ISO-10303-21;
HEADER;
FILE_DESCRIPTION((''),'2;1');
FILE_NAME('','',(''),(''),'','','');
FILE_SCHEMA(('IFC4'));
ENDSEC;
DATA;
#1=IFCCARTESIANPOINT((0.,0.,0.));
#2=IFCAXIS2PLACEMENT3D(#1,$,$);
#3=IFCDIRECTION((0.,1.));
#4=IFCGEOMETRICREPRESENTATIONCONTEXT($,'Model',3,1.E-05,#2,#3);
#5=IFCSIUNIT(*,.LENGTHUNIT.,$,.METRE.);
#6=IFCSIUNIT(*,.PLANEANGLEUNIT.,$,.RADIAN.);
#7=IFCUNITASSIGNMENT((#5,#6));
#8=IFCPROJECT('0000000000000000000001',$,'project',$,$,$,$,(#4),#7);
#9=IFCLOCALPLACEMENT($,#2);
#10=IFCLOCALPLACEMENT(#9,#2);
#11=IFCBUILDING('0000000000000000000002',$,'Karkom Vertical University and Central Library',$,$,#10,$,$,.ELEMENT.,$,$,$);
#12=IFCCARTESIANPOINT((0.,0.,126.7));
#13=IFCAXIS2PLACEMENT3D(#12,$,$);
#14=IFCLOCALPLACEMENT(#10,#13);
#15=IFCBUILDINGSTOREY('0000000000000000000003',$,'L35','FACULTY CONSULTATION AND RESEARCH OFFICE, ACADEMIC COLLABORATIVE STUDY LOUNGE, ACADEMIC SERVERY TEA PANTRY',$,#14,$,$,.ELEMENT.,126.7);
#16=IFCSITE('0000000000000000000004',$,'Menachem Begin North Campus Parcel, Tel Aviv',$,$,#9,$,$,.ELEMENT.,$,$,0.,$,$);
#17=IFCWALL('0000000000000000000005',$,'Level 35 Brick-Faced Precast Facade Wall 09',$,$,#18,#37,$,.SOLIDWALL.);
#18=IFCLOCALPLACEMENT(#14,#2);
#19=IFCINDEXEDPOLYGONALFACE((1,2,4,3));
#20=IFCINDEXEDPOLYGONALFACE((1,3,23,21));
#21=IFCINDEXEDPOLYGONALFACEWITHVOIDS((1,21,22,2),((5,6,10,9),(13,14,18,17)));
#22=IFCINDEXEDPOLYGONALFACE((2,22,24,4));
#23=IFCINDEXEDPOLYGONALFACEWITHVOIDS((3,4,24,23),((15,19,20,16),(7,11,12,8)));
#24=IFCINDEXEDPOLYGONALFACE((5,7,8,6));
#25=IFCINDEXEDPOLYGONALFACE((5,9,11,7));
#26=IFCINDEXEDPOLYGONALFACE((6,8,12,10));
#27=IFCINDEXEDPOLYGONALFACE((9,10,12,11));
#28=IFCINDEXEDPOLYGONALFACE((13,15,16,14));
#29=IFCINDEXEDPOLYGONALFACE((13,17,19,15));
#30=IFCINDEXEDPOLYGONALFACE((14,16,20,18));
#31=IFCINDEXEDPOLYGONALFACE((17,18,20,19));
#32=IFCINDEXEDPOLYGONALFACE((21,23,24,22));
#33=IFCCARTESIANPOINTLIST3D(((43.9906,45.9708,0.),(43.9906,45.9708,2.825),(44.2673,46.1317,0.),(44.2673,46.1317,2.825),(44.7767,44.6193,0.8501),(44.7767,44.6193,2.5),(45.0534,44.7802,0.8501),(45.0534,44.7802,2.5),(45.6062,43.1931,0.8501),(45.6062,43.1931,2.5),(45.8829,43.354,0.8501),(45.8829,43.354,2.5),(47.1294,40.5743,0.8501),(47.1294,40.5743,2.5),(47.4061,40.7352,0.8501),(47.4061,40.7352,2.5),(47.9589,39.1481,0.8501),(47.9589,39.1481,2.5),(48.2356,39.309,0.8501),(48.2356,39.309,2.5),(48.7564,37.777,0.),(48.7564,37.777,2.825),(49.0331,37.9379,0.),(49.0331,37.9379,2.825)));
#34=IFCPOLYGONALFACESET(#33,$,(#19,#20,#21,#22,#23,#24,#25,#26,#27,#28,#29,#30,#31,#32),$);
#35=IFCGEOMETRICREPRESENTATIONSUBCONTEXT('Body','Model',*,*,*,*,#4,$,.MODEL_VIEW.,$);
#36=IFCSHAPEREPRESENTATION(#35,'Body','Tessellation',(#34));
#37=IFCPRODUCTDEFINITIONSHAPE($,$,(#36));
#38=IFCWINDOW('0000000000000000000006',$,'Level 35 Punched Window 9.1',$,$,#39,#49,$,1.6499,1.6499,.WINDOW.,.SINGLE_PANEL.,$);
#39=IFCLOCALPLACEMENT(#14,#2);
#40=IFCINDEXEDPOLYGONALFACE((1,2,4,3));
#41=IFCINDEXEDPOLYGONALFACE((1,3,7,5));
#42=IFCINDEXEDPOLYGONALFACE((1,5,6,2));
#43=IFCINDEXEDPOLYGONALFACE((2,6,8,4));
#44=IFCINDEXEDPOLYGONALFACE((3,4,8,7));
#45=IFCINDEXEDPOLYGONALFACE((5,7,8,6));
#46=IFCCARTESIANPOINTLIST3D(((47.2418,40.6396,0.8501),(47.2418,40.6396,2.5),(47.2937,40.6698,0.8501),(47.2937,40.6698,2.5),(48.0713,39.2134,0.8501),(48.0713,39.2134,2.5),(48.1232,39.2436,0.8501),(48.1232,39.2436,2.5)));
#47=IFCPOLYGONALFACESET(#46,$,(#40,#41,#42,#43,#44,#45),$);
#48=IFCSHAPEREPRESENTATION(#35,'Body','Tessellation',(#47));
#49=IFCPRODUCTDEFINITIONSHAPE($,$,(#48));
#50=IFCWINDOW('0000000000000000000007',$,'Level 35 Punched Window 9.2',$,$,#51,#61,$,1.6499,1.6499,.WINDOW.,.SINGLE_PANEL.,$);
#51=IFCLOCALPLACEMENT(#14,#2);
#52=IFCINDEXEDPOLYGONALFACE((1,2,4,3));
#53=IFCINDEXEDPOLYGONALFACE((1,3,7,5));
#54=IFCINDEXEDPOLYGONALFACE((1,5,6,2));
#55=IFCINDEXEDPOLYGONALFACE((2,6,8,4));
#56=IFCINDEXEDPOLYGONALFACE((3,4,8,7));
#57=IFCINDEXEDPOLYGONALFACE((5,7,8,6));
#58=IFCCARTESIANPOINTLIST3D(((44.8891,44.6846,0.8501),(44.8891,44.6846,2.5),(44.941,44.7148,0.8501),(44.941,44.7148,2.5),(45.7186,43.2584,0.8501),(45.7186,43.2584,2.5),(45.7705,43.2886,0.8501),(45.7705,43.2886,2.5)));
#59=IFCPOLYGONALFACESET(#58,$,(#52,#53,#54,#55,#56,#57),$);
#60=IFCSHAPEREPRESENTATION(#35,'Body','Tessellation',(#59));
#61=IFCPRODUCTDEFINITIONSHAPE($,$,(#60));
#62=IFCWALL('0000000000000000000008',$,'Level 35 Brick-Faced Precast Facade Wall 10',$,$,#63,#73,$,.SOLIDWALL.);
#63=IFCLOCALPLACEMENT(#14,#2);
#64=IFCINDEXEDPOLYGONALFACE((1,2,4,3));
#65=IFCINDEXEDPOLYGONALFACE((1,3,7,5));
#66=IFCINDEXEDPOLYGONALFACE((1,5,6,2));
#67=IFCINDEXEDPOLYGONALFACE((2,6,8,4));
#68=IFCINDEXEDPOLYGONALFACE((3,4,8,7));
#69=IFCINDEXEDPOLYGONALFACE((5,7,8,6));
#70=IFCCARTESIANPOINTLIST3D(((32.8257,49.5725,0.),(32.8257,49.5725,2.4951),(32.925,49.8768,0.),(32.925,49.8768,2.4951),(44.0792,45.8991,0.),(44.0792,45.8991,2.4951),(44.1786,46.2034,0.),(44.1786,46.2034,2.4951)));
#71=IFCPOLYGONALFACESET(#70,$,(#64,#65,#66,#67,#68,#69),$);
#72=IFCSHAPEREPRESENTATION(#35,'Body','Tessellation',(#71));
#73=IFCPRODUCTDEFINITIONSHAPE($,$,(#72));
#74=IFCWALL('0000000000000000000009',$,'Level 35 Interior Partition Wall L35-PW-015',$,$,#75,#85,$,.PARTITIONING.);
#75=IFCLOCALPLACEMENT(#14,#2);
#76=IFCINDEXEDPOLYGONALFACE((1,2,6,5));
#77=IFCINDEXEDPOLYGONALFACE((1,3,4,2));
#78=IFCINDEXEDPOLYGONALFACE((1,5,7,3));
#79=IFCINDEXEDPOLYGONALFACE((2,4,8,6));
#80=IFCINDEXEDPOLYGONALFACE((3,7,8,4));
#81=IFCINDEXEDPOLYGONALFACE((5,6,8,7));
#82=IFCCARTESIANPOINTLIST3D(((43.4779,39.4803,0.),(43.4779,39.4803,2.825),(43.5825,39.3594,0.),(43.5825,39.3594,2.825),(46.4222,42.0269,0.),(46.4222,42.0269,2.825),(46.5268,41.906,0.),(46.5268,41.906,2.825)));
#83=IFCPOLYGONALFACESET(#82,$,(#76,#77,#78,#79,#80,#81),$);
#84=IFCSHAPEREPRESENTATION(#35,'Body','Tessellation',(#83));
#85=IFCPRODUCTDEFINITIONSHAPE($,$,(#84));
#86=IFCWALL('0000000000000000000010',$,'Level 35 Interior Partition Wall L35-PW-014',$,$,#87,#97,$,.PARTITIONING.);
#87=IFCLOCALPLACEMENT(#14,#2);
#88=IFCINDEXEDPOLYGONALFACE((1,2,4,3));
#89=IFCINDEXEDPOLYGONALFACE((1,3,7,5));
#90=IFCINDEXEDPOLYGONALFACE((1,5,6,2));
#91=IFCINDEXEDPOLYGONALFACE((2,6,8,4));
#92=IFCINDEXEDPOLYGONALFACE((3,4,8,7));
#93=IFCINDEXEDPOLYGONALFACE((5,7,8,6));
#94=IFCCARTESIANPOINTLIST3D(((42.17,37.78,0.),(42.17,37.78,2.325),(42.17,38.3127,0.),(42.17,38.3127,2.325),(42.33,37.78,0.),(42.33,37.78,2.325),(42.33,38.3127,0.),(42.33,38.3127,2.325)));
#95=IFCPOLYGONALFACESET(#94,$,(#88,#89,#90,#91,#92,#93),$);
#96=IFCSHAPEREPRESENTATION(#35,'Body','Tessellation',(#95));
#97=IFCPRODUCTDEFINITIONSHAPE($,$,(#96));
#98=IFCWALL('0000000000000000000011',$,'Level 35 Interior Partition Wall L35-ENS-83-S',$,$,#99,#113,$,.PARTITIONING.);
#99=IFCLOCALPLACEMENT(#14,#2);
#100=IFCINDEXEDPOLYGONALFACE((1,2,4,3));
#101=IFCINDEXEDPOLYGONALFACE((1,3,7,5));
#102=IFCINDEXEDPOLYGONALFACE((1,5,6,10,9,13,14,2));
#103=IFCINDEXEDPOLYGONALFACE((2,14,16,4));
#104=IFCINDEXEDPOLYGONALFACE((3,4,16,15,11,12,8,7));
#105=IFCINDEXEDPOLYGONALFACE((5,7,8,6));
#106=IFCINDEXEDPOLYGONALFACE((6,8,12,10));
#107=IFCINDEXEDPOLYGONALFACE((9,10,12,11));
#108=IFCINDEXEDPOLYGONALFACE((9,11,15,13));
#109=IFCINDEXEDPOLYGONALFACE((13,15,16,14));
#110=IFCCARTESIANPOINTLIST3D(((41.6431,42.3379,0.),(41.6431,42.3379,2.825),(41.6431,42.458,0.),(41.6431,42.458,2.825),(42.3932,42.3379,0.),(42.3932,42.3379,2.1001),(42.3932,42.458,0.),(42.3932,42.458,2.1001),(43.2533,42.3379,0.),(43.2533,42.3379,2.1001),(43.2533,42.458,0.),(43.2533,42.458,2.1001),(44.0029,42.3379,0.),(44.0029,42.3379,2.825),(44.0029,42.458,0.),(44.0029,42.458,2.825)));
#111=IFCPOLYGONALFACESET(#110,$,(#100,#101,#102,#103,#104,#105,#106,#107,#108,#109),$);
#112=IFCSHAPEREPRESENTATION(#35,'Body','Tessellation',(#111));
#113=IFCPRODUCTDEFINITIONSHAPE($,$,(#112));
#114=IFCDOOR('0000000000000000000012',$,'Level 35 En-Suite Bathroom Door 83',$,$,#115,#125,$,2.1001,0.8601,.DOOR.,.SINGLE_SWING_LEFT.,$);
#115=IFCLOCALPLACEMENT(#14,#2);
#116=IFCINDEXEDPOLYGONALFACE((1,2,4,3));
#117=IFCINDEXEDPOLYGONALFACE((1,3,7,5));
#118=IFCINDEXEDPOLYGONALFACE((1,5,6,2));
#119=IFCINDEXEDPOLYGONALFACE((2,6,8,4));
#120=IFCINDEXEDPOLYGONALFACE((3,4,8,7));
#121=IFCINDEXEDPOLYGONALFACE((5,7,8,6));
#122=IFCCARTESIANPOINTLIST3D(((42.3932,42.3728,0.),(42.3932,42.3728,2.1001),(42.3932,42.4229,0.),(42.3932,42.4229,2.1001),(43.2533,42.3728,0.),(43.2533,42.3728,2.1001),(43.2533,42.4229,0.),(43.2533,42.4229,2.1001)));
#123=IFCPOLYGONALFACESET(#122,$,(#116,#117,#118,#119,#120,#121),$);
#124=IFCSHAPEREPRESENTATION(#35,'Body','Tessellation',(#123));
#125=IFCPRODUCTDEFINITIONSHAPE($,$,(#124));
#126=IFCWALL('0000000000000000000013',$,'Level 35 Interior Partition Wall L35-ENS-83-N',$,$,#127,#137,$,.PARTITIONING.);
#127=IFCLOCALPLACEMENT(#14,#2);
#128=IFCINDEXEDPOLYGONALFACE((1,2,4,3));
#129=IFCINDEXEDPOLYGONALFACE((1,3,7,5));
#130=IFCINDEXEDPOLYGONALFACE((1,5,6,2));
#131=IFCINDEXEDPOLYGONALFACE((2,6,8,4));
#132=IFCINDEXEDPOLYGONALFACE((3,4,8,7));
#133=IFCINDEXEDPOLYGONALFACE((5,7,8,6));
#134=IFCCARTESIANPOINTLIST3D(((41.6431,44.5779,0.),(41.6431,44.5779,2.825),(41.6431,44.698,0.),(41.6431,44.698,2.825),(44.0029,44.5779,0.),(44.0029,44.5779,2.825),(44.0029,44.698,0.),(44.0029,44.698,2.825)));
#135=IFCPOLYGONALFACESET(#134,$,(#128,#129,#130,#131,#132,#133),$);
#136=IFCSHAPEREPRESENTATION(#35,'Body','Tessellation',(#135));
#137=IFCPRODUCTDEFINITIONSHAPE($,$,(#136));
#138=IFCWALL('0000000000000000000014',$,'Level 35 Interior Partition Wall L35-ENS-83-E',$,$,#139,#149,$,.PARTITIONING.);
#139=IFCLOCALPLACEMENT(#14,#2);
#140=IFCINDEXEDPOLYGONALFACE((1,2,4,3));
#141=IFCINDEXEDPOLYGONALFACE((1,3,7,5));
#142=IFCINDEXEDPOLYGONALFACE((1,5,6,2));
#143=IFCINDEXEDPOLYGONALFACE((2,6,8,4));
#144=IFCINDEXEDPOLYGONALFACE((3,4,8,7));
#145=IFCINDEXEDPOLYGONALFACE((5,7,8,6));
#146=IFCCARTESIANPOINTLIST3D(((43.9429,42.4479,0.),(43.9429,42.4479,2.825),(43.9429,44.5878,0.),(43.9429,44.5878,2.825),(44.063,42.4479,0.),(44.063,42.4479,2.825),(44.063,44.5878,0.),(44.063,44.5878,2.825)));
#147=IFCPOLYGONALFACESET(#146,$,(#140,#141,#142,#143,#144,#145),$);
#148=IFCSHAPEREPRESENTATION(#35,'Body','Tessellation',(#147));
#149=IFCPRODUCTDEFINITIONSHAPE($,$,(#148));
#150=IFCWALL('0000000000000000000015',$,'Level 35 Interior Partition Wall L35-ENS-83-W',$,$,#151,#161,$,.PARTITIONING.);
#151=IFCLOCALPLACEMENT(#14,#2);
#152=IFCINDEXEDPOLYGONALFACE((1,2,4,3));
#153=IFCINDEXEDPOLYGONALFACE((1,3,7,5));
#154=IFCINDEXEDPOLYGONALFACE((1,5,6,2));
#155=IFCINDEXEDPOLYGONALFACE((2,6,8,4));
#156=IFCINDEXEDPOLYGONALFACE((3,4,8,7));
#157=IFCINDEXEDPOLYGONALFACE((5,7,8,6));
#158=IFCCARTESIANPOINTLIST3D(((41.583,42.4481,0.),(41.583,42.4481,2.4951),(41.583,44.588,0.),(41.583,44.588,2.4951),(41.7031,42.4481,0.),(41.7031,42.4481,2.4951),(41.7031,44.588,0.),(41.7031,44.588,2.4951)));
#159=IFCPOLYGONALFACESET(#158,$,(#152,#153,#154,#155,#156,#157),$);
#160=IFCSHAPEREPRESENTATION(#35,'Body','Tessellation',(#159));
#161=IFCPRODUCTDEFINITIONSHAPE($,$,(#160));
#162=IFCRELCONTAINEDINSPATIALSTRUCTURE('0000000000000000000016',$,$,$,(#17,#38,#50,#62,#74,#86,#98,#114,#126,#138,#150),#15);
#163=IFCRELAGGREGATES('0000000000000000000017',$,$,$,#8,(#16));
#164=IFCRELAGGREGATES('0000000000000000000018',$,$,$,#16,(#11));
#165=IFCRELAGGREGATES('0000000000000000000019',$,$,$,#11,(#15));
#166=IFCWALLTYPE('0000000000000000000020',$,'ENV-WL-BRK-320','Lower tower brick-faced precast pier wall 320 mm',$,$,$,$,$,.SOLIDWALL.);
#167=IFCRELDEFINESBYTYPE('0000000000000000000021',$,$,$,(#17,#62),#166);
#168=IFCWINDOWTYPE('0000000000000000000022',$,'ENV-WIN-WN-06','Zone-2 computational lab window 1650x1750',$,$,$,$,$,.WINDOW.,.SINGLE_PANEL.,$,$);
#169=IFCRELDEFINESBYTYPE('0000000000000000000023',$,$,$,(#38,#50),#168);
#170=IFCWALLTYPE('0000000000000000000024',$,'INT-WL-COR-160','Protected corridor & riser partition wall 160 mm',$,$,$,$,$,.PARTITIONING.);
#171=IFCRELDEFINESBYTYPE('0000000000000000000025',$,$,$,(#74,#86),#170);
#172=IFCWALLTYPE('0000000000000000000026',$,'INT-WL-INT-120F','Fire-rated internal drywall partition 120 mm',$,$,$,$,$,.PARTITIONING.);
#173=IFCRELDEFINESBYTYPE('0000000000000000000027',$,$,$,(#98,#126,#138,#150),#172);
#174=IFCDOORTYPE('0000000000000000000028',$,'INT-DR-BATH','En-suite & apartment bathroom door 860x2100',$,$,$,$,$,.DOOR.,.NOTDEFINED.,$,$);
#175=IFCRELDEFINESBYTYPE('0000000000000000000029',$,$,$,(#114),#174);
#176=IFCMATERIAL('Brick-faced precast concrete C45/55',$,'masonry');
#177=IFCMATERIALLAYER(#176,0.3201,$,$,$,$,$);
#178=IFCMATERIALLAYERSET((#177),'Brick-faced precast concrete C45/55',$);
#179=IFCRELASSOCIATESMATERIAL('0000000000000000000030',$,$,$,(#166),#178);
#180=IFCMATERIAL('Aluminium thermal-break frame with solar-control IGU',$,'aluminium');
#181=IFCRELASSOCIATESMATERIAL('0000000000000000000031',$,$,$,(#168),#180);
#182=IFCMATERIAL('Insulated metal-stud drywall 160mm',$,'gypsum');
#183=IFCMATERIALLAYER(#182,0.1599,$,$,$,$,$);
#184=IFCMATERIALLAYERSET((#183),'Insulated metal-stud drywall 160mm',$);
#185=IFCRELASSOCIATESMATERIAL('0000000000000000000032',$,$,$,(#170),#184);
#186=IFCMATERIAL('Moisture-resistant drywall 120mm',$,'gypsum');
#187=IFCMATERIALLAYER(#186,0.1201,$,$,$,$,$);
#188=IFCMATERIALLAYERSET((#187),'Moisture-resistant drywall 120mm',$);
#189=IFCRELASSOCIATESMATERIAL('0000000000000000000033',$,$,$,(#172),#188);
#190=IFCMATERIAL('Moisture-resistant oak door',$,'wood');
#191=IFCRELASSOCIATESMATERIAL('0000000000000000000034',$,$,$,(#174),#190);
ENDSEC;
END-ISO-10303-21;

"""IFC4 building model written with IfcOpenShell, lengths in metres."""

from ifc_helpers import new_model, si_unit, direction, frame, frame_2d, origin, origin_with_axes, place, context, subcontext, project, spatial, rectangle, extrude, source, transform, mapped, material, layer, layer_set, type_object, element, fill, save


model = new_model("IFC4")

# Units and contexts
model_context = context("Model", 3, precision=1e-05, world=origin(), true_north=direction((0.0, 1.0)))
body_context = subcontext(model_context, "Body", "Model", "MODEL_VIEW")
ifc_project = project(units=[si_unit("LENGTHUNIT", "METRE"), si_unit("PLANEANGLEUNIT", "RADIAN")], contexts=[model_context])

# Site, building, storey
site_placement = place(None, origin())
site = spatial("IfcSite", under=ifc_project, at=site_placement, Name="Menachem Begin North Campus Parcel, Tel Aviv", CompositionType="ELEMENT", RefElevation=0.0)
building_placement = place(site_placement, origin())
building = spatial("IfcBuilding", under=site, at=building_placement, Name="Karkom Vertical University and Central Library", CompositionType="ELEMENT")
storey_placement = place(building_placement, frame((0.0, 0.0, 126.7)))
storey = spatial("IfcBuildingStorey", under=building, at=storey_placement, Name="L35", Description="FACULTY CONSULTATION AND RESEARCH OFFICE, ACADEMIC COLLABORATIVE STUDY LOUNGE, ACADEMIC SERVERY TEA PANTRY", CompositionType="ELEMENT", Elevation=126.7)

# Wall, openings, windows
ifc_material_1 = material(Name="Brick-faced precast concrete C45/55", Category="masonry")
ifc_layer_1 = layer(ifc_material_1, 0.3201)
ifc_layer_set_1 = layer_set([ifc_layer_1], Name="Brick-faced precast concrete C45/55")
wall_type_1 = type_object("IfcWallType", Name="ENV-WL-BRK-320", Description="Lower tower brick-faced precast pier wall 320 mm", PredefinedType="SOLIDWALL", material=ifc_layer_set_1)
wall_1_placement = place(storey_placement, frame((48.8948, 37.8574, 0.0), z_axis=(0.0, 0.0, 1.0), x_axis=(-0.502778, 0.864415, 0.0)))
wall_1 = element("IfcWall", 1, at=wall_1_placement, inside=storey, type_object=wall_type_1, Name="Level 35 Brick-Faced Precast Facade Wall 09", PredefinedType="SOLIDWALL", context=body_context, shape_type="SweptSolid", body=[
    extrude(rectangle(XDim=9.479, YDim=0.3201, at=frame_2d((4.7395, 0.0))), origin(), (0.0, 0.0, 1.0), 2.825),
])
opening_1_placement = place(wall_1_placement, frame((1.5862, 0.0, 0.8501)))
opening_1 = element("IfcOpeningElement", 2, at=opening_1_placement, cuts=wall_1, PredefinedType="OPENING", context=body_context, shape_type="SweptSolid", body=[
    extrude(rectangle(XDim=1.6499, YDim=1.6499, at=frame_2d((0.825, 0.825))), frame((0.0, 0.1699, 0.0), z_axis=(0.0, -1.0, 0.0), x_axis=(1.0, 0.0, 0.0)), (0.0, 0.0, 1.0), 0.3401),
])
opening_2_placement = place(wall_1_placement, frame((6.2656, 0.0, 0.8501)))
opening_2 = element("IfcOpeningElement", 3, at=opening_2_placement, cuts=wall_1, PredefinedType="OPENING", context=body_context, shape_type="SweptSolid", body=[
    extrude(rectangle(XDim=1.6499, YDim=1.6499, at=frame_2d((0.825, 0.825))), frame((0.0, 0.1699, 0.0), z_axis=(0.0, -1.0, 0.0), x_axis=(1.0, 0.0, 0.0)), (0.0, 0.0, 1.0), 0.3401),
])
ifc_material_2 = material(Name="Aluminium thermal-break frame with solar-control IGU", Category="aluminium")
window_type = type_object("IfcWindowType", Name="ENV-WIN-WN-06", Description="Zone-2 computational lab window 1650x1750", PartitioningType="SINGLE_PANEL", PredefinedType="WINDOW", material=ifc_material_2)
shared_shape_1 = source(origin_with_axes(), body_context, "Body", "SweptSolid", [
    extrude(rectangle(XDim=1.6499, YDim=1.6499, at=frame_2d((0.825, 0.825))), frame((0.0, 0.03, 0.0), z_axis=(0.0, -1.0, 0.0), x_axis=(1.0, 0.0, 0.0)), (0.0, 0.0, 1.0), 0.0601),
])
window_1_placement = place(opening_1_placement, origin())
window_1 = element("IfcWindow", 4, at=window_1_placement, inside=storey, type_object=window_type, Name="Level 35 Punched Window 9.1", OverallHeight=1.6499, OverallWidth=1.6499, PartitioningType="SINGLE_PANEL", PredefinedType="WINDOW", context=body_context, shape_type="MappedRepresentation", body=[
    mapped(shared_shape_1, transform((0.0, 0.0, 0.0), scale=1.0)),
])
fill(opening_1, window_1)
window_2_placement = place(opening_2_placement, origin())
window_2 = element("IfcWindow", 5, at=window_2_placement, inside=storey, type_object=window_type, Name="Level 35 Punched Window 9.2", OverallHeight=1.6499, OverallWidth=1.6499, PartitioningType="SINGLE_PANEL", PredefinedType="WINDOW", context=body_context, shape_type="MappedRepresentation", body=[
    mapped(shared_shape_1, transform((0.0, 0.0, 0.0), scale=1.0)),
])
fill(opening_2, window_2)

# Walls
wall_2_placement = place(storey_placement, frame((44.1289, 46.0513, 0.0), z_axis=(0.0, 0.0, 1.0), x_axis=(-0.950637, 0.310307, 0.0)))
element("IfcWall", 6, at=wall_2_placement, inside=storey, type_object=wall_type_1, Name="Level 35 Brick-Faced Precast Facade Wall 10", PredefinedType="SOLIDWALL", context=body_context, shape_type="SweptSolid", body=[
    extrude(rectangle(XDim=11.8379, YDim=0.3201, at=frame_2d((5.9189, 0.0))), origin(), (0.0, 0.0, 1.0), 2.4951),
])
ifc_material_3 = material(Name="Insulated metal-stud drywall 160mm", Category="gypsum")
ifc_layer_2 = layer(ifc_material_3, 0.1599)
ifc_layer_set_2 = layer_set([ifc_layer_2], Name="Insulated metal-stud drywall 160mm")
wall_type_2 = type_object("IfcWallType", Name="INT-WL-COR-160", Description="Protected corridor & riser partition wall 160 mm", PredefinedType="PARTITIONING", material=ifc_layer_set_2)
wall_3_placement = place(storey_placement, frame((43.5303, 39.4199, 0.0), z_axis=(0.0, 0.0, 1.0), x_axis=(0.756341, 0.654178, 0.0)))
element("IfcWall", 7, at=wall_3_placement, inside=storey, type_object=wall_type_2, Name="Level 35 Interior Partition Wall L35-PW-015", PredefinedType="PARTITIONING", context=body_context, shape_type="SweptSolid", body=[
    extrude(rectangle(XDim=3.8928, YDim=0.1599, at=frame_2d((1.9463, 0.0))), origin(), (0.0, 0.0, 1.0), 2.825),
])
wall_4_placement = place(storey_placement, frame((42.25, 38.3127, 0.0), z_axis=(0.0, 0.0, 1.0), x_axis=(0.0, -1.0, 0.0)))
element("IfcWall", 8, at=wall_4_placement, inside=storey, type_object=wall_type_2, Name="Level 35 Interior Partition Wall L35-PW-014", PredefinedType="PARTITIONING", context=body_context, shape_type="SweptSolid", body=[
    extrude(rectangle(XDim=0.5327, YDim=0.1599, at=frame_2d((0.2664, 0.0))), origin(), (0.0, 0.0, 1.0), 2.325),
])

# Wall, opening, door
ifc_material_4 = material(Name="Moisture-resistant drywall 120mm", Category="gypsum")
ifc_layer_3 = layer(ifc_material_4, 0.1201)
ifc_layer_set_3 = layer_set([ifc_layer_3], Name="Moisture-resistant drywall 120mm")
wall_type_3 = type_object("IfcWallType", Name="INT-WL-INT-120F", Description="Fire-rated internal drywall partition 120 mm", PredefinedType="PARTITIONING", material=ifc_layer_set_3)
wall_5_placement = place(storey_placement, frame((41.6431, 42.3979, 0.0), z_axis=(0.0, 0.0, 1.0), x_axis=(1.0, 0.0, 0.0)))
wall_5 = element("IfcWall", 9, at=wall_5_placement, inside=storey, type_object=wall_type_3, Name="Level 35 Interior Partition Wall L35-ENS-83-S", PredefinedType="PARTITIONING", context=body_context, shape_type="SweptSolid", body=[
    extrude(rectangle(XDim=2.3599, YDim=0.1201, at=frame_2d((1.1799, 0.0))), origin(), (0.0, 0.0, 1.0), 2.825),
])
opening_3_placement = place(wall_5_placement, frame((0.75, 0.0, 0.0)))
opening_3 = element("IfcOpeningElement", 10, at=opening_3_placement, cuts=wall_5, PredefinedType="OPENING", context=body_context, shape_type="SweptSolid", body=[
    extrude(rectangle(XDim=0.8601, YDim=2.1001, at=frame_2d((0.4302, 1.05))), frame((0.0, 0.0701, 0.0), z_axis=(0.0, -1.0, 0.0), x_axis=(1.0, 0.0, 0.0)), (0.0, 0.0, 1.0), 0.1401),
])
ifc_material_5 = material(Name="Moisture-resistant oak door", Category="wood")
door_type = type_object("IfcDoorType", Name="INT-DR-BATH", Description="En-suite & apartment bathroom door 860x2100", OperationType="NOTDEFINED", PredefinedType="DOOR", material=ifc_material_5)
shared_shape_2 = source(origin_with_axes(), body_context, "Body", "SweptSolid", [
    extrude(rectangle(XDim=0.8601, YDim=2.1001, at=frame_2d((0.4302, 1.05))), frame((0.0, 0.0249, 0.0), z_axis=(0.0, -1.0, 0.0), x_axis=(1.0, 0.0, 0.0)), (0.0, 0.0, 1.0), 0.05),
])
door_placement = place(opening_3_placement, origin())
door = element("IfcDoor", 11, at=door_placement, inside=storey, type_object=door_type, Name="Level 35 En-Suite Bathroom Door 83", OperationType="SINGLE_SWING_LEFT", OverallHeight=2.1001, OverallWidth=0.8601, PredefinedType="DOOR", context=body_context, shape_type="MappedRepresentation", body=[
    mapped(shared_shape_2, transform((0.0, 0.0, 0.0), scale=1.0)),
])
fill(opening_3, door)

# Walls
wall_6_placement = place(storey_placement, frame((44.0029, 44.6379, 0.0), z_axis=(0.0, 0.0, 1.0), x_axis=(-1.0, 0.0, 0.0)))
element("IfcWall", 12, at=wall_6_placement, inside=storey, type_object=wall_type_3, Name="Level 35 Interior Partition Wall L35-ENS-83-N", PredefinedType="PARTITIONING", context=body_context, shape_type="SweptSolid", body=[
    extrude(rectangle(XDim=2.3599, YDim=0.1201, at=frame_2d((1.1799, 0.0))), origin(), (0.0, 0.0, 1.0), 2.825),
])
wall_7_placement = place(storey_placement, frame((44.0029, 42.448, 0.0), z_axis=(0.0, 0.0, 1.0), x_axis=(0.0, 1.0, 0.0)))
element("IfcWall", 13, at=wall_7_placement, inside=storey, type_object=wall_type_3, Name="Level 35 Interior Partition Wall L35-ENS-83-E", PredefinedType="PARTITIONING", context=body_context, shape_type="SweptSolid", body=[
    extrude(rectangle(XDim=2.1399, YDim=0.1201, at=frame_2d((1.0698, 0.0))), origin(), (0.0, 0.0, 1.0), 2.825),
])
wall_8_placement = place(storey_placement, frame((41.6431, 44.5879, 0.0), z_axis=(0.0, 0.0, 1.0), x_axis=(0.0, -1.0, 0.0)))
element("IfcWall", 14, at=wall_8_placement, inside=storey, type_object=wall_type_3, Name="Level 35 Interior Partition Wall L35-ENS-83-W", PredefinedType="PARTITIONING", context=body_context, shape_type="SweptSolid", body=[
    extrude(rectangle(XDim=2.1399, YDim=0.1201, at=frame_2d((1.0698, 0.0))), origin(), (0.0, 0.0, 1.0), 2.4951),
])

save(model, "model.ifc")
